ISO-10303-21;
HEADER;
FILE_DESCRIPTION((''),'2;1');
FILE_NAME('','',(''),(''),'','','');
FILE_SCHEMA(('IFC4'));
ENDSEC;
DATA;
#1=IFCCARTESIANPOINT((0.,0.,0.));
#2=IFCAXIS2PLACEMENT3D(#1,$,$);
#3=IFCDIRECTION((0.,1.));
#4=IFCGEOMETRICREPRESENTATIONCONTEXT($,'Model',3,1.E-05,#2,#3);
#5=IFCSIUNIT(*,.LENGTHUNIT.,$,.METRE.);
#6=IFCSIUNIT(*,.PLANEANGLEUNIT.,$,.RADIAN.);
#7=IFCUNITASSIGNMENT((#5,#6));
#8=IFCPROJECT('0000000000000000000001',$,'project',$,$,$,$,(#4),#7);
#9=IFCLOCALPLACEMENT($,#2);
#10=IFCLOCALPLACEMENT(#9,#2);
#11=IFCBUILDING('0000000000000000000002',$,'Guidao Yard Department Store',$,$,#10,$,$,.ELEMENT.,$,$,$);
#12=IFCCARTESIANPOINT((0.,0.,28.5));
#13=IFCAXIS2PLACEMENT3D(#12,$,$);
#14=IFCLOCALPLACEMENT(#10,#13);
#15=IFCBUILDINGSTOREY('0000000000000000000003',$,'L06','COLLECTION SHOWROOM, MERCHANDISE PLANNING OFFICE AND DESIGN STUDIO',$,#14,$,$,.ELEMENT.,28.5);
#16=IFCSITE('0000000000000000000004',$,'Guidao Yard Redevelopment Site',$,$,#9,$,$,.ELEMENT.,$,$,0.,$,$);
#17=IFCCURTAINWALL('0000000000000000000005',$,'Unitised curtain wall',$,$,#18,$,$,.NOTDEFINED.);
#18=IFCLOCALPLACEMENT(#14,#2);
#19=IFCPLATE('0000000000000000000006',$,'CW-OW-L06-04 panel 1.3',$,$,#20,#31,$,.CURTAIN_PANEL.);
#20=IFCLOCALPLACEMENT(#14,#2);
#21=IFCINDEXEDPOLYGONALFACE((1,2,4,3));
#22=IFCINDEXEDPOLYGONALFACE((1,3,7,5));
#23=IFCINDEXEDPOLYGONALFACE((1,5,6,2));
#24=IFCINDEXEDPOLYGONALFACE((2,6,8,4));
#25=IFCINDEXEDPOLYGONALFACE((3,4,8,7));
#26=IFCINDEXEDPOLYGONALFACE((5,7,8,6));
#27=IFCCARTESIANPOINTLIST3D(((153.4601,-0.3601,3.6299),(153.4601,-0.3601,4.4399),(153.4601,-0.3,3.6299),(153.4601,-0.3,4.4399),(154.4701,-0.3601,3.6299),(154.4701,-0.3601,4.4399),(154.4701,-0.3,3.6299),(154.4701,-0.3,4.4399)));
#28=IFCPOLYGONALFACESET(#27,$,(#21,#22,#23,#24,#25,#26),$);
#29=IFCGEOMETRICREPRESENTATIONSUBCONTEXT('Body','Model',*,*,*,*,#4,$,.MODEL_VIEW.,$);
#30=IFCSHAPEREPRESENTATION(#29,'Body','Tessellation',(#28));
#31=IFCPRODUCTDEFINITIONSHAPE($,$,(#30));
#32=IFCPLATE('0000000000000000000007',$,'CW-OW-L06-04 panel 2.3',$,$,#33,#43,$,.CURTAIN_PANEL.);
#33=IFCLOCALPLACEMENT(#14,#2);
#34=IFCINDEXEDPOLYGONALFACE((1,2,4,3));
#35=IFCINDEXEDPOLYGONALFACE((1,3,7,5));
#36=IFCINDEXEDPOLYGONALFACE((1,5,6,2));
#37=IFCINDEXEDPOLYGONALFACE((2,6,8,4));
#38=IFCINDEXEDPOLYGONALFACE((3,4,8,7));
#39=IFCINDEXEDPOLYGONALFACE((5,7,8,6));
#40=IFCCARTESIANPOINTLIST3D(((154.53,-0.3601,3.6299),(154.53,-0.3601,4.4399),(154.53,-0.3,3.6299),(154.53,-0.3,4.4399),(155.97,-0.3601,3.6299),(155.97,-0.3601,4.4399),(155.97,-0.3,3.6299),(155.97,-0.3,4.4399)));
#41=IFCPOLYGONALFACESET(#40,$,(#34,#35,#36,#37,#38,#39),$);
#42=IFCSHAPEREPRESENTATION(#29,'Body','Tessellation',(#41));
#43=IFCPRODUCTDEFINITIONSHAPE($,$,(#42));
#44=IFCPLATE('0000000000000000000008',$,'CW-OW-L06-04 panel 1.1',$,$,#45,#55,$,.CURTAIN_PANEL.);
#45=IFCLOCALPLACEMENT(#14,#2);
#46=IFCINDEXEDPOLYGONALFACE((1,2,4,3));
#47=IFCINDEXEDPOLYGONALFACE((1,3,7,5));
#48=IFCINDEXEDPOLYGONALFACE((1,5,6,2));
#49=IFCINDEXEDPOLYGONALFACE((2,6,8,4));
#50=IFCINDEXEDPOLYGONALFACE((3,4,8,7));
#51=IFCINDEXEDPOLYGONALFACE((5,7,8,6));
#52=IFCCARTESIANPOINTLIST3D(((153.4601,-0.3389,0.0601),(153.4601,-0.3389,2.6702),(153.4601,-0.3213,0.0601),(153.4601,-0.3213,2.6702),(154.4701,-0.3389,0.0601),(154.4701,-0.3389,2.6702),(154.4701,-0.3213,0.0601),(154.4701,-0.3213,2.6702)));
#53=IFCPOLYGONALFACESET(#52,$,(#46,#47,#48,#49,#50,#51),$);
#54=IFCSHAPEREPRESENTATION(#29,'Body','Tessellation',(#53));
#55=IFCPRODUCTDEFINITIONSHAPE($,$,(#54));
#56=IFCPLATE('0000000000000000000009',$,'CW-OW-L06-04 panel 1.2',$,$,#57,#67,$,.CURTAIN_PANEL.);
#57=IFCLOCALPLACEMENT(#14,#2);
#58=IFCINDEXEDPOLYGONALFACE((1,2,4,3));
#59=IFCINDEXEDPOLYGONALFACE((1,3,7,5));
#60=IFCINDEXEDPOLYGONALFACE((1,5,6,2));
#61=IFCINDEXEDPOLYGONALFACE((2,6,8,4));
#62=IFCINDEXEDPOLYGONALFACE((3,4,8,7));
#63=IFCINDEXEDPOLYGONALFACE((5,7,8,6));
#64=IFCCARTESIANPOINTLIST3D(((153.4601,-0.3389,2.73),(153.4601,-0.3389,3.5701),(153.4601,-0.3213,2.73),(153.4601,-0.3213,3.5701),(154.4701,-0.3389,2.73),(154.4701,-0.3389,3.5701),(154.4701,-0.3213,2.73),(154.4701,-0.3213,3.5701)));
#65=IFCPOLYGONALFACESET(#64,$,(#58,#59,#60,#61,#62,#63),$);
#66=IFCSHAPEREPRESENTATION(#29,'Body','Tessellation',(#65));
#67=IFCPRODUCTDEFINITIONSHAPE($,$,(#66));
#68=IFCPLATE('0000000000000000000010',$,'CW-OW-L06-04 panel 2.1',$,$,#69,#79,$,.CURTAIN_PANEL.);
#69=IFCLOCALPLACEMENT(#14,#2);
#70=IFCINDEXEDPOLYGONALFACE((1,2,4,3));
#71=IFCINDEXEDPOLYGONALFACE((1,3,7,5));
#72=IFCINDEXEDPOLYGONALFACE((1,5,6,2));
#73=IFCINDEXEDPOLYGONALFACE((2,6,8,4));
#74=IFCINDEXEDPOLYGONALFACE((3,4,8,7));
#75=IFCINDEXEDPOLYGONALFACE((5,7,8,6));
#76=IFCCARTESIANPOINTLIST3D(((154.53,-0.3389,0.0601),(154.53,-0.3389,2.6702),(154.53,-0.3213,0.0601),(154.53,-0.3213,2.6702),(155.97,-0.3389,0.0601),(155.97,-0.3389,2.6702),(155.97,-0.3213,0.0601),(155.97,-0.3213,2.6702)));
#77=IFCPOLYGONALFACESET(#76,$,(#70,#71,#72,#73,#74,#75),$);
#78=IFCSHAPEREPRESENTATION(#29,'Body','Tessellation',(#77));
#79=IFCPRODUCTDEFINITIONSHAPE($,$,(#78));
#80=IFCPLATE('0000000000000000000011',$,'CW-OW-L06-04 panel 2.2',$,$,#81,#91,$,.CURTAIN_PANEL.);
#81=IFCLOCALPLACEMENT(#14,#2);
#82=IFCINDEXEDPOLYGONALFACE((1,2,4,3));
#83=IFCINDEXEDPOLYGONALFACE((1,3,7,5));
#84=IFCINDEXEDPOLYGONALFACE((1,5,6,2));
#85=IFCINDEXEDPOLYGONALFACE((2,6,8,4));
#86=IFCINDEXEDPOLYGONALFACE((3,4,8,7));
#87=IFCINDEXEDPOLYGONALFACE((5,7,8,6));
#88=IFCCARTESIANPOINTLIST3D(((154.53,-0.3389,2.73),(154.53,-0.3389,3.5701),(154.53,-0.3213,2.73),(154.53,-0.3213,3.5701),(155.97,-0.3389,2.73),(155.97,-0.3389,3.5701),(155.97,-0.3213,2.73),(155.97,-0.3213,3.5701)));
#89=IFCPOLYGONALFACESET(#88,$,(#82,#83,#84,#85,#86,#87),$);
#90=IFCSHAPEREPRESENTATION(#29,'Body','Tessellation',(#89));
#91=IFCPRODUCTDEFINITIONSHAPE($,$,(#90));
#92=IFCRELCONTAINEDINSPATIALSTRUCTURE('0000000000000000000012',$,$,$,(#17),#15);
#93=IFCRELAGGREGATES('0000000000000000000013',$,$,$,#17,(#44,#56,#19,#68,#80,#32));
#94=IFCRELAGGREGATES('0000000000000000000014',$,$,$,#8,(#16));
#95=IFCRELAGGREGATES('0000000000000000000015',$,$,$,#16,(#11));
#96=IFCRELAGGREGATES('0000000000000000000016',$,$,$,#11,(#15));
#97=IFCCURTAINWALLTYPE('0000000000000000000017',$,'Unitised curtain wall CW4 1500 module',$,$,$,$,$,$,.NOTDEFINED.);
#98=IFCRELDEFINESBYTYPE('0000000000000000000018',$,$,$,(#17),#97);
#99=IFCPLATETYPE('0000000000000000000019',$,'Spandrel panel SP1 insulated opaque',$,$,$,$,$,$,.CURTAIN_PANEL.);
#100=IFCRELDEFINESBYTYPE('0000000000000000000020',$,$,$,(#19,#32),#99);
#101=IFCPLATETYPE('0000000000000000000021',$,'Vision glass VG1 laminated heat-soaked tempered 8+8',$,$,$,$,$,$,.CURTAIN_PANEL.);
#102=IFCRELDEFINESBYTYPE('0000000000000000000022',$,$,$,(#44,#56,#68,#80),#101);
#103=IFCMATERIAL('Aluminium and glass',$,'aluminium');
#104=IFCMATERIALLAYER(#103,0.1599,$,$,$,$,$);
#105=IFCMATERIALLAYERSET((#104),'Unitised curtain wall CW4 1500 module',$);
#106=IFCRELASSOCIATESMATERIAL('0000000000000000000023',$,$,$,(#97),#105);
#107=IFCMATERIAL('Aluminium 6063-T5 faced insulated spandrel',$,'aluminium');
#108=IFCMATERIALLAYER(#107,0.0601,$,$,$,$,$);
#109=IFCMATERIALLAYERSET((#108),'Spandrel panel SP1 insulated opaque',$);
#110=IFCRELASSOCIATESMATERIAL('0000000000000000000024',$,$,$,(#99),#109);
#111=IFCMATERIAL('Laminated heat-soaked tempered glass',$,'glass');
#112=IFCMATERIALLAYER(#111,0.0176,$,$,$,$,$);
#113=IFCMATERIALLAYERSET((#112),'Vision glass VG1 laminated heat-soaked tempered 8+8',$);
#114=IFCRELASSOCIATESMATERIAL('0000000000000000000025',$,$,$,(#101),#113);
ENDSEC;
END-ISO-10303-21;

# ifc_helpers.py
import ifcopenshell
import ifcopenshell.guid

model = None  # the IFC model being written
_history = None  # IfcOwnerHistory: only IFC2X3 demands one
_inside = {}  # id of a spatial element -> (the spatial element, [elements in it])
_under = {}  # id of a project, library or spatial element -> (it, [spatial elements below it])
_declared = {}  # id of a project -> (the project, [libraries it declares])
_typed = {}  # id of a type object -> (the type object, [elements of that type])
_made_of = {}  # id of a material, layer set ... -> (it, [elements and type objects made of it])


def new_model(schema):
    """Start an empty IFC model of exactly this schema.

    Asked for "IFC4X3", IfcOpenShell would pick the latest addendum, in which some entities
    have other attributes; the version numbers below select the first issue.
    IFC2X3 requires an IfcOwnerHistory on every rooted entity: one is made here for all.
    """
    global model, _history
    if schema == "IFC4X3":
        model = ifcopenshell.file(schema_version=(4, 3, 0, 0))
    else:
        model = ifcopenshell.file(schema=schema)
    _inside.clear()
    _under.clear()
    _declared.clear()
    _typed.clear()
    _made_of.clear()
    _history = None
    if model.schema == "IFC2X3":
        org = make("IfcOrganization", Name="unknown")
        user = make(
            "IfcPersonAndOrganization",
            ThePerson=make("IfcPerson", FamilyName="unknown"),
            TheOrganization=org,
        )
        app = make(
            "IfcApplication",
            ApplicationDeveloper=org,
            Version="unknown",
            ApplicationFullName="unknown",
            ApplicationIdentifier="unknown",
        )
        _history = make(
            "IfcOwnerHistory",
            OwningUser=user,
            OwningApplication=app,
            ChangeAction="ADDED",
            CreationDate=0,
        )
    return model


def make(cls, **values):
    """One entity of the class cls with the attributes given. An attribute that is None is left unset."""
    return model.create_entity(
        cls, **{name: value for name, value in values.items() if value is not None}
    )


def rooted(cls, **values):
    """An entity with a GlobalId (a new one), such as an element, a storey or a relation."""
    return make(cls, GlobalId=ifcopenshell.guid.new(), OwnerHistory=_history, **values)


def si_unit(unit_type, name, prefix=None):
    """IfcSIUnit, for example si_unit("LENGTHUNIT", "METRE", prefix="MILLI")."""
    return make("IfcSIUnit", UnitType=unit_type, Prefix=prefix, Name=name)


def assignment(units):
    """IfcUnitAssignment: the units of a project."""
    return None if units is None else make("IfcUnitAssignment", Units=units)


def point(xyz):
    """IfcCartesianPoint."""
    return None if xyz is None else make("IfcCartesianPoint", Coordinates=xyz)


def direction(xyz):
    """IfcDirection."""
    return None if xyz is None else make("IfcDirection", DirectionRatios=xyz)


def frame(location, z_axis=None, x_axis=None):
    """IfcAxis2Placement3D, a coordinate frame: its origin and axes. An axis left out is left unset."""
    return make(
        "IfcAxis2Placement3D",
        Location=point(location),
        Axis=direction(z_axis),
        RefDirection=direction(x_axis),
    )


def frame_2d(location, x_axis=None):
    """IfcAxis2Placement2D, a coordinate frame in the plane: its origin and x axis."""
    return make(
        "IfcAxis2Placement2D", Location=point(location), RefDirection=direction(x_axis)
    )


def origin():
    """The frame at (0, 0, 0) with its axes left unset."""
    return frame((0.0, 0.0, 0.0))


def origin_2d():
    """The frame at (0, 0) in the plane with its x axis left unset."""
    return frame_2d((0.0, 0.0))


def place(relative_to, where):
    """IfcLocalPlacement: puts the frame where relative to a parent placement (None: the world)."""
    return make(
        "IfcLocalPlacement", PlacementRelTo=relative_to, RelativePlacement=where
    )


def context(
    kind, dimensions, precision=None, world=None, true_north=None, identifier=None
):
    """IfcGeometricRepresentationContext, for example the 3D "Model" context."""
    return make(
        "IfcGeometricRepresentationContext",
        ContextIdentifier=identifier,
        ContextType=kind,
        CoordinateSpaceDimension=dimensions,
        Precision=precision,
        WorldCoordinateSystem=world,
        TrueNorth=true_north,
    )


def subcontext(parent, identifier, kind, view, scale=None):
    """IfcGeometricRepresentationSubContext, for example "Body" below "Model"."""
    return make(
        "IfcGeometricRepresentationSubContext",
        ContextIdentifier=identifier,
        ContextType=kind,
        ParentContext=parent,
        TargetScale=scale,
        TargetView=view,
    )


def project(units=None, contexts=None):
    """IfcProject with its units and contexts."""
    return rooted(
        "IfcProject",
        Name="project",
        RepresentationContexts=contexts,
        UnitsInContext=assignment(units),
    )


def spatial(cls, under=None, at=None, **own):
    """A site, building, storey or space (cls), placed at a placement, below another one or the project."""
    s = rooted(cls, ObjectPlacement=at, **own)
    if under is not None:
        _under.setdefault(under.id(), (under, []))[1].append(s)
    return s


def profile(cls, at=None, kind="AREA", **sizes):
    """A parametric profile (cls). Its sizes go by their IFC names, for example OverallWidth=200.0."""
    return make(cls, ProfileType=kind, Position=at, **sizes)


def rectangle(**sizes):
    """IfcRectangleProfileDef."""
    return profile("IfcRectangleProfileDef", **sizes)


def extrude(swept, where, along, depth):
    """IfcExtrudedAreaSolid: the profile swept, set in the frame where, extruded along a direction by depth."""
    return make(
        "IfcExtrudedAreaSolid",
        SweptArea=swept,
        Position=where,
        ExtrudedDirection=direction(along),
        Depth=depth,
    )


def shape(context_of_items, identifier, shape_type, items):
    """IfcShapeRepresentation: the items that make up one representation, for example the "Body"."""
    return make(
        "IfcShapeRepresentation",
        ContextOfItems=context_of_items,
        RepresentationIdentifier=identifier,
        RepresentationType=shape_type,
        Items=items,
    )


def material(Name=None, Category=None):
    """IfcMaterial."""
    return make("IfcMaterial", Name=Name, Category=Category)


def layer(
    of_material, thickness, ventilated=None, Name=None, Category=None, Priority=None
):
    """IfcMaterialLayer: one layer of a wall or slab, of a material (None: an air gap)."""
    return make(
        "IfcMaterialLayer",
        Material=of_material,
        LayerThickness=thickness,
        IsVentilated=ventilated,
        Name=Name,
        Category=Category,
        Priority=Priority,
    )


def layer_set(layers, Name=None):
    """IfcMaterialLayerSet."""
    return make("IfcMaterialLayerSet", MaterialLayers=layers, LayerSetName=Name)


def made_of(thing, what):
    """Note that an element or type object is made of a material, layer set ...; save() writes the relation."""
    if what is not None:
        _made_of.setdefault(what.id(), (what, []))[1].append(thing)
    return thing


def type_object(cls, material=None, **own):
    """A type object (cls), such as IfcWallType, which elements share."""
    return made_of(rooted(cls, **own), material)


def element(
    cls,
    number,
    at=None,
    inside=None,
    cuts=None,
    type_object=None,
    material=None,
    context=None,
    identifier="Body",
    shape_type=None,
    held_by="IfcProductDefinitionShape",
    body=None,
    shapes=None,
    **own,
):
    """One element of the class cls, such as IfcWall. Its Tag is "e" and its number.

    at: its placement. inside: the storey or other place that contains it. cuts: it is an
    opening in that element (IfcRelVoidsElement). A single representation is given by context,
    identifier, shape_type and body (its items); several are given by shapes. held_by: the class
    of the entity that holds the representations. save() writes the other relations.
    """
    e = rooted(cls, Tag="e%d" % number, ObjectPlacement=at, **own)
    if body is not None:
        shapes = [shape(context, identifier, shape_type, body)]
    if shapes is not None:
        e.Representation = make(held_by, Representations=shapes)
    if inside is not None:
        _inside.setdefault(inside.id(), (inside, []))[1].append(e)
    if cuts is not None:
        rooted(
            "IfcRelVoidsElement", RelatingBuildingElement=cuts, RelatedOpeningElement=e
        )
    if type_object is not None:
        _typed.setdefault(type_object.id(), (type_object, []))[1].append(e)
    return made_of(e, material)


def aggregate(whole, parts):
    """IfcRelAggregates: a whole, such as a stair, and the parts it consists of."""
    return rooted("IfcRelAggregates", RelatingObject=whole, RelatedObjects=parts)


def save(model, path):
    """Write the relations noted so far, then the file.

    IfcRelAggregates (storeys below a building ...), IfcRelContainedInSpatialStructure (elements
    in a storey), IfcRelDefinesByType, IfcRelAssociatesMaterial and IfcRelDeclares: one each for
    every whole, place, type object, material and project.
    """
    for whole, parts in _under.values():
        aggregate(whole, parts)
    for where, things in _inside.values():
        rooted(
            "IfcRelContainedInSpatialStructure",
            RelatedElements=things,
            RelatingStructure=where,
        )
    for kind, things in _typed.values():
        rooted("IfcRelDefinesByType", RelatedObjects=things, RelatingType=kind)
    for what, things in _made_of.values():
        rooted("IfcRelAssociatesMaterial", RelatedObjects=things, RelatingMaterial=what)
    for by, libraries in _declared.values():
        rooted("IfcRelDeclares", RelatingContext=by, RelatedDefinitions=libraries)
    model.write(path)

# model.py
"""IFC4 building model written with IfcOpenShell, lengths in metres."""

from ifc_helpers import new_model, si_unit, direction, frame, origin, origin_2d, place, context, subcontext, project, spatial, rectangle, extrude, material, layer, layer_set, type_object, element, aggregate, save


model = new_model("IFC4")

# Units and contexts
model_context = context("Model", 3, precision=1e-05, world=origin(), true_north=direction((0.0, 1.0)))
body_context = subcontext(model_context, "Body", "Model", "MODEL_VIEW")
ifc_project = project(units=[si_unit("LENGTHUNIT", "METRE"), si_unit("PLANEANGLEUNIT", "RADIAN")], contexts=[model_context])

# Site, building, storey
site_placement = place(None, origin())
site = spatial("IfcSite", under=ifc_project, at=site_placement, Name="Guidao Yard Redevelopment Site", CompositionType="ELEMENT", RefElevation=0.0)
building_placement = place(site_placement, origin())
building = spatial("IfcBuilding", under=site, at=building_placement, Name="Guidao Yard Department Store", CompositionType="ELEMENT")
storey_placement = place(building_placement, frame((0.0, 0.0, 28.5)))
storey = spatial("IfcBuildingStorey", under=building, at=storey_placement, Name="L06", Description="COLLECTION SHOWROOM, MERCHANDISE PLANNING OFFICE AND DESIGN STUDIO", CompositionType="ELEMENT", Elevation=28.5)

# Shared definitions
ifc_material_1 = material(Name="Aluminium and glass", Category="aluminium")
ifc_layer_1 = layer(ifc_material_1, 0.1599)
ifc_layer_set_1 = layer_set([ifc_layer_1], Name="Unitised curtain wall CW4 1500 module")
curtain_wall_type = type_object("IfcCurtainWallType", Name="Unitised curtain wall CW4 1500 module", PredefinedType="NOTDEFINED", material=ifc_layer_set_1)

# Curtain wall
curtain_wall_1_placement = place(storey_placement, origin())
curtain_wall_1 = element("IfcCurtainWall", 1, at=curtain_wall_1_placement, inside=storey, type_object=curtain_wall_type, Name="Unitised curtain wall", PredefinedType="NOTDEFINED")

# Plates
ifc_material_2 = material(Name="Aluminium 6063-T5 faced insulated spandrel", Category="aluminium")
ifc_layer_2 = layer(ifc_material_2, 0.0601)
ifc_layer_set_2 = layer_set([ifc_layer_2], Name="Spandrel panel SP1 insulated opaque")
plate_type_1 = type_object("IfcPlateType", Name="Spandrel panel SP1 insulated opaque", PredefinedType="CURTAIN_PANEL", material=ifc_layer_set_2)
plate_1_placement = place(storey_placement, frame((153.9651, -0.3301, 3.6299), z_axis=(0.0, 0.0, 1.0), x_axis=(-1.0, 0.0, 0.0)))
plate_1 = element("IfcPlate", 2, at=plate_1_placement, type_object=plate_type_1, Name="CW-OW-L06-04 panel 1.3", PredefinedType="CURTAIN_PANEL", context=body_context, shape_type="SweptSolid", body=[
    extrude(rectangle(XDim=1.01, YDim=0.0601, at=origin_2d()), origin(), (0.0, 0.0, 1.0), 0.8101),
])
plate_2_placement = place(storey_placement, frame((155.25, -0.3301, 3.6299), z_axis=(0.0, 0.0, 1.0), x_axis=(-1.0, 0.0, 0.0)))
plate_2 = element("IfcPlate", 3, at=plate_2_placement, type_object=plate_type_1, Name="CW-OW-L06-04 panel 2.3", PredefinedType="CURTAIN_PANEL", context=body_context, shape_type="SweptSolid", body=[
    extrude(rectangle(XDim=1.4399, YDim=0.0601, at=origin_2d()), origin(), (0.0, 0.0, 1.0), 0.8101),
])
ifc_material_3 = material(Name="Laminated heat-soaked tempered glass", Category="glass")
ifc_layer_3 = layer(ifc_material_3, 0.0176)
ifc_layer_set_3 = layer_set([ifc_layer_3], Name="Vision glass VG1 laminated heat-soaked tempered 8+8")
plate_type_2 = type_object("IfcPlateType", Name="Vision glass VG1 laminated heat-soaked tempered 8+8", PredefinedType="CURTAIN_PANEL", material=ifc_layer_set_3)
plate_3_placement = place(storey_placement, frame((153.9651, -0.3301, 0.0601), z_axis=(0.0, 0.0, 1.0), x_axis=(-1.0, 0.0, 0.0)))
plate_3 = element("IfcPlate", 4, at=plate_3_placement, type_object=plate_type_2, Name="CW-OW-L06-04 panel 1.1", PredefinedType="CURTAIN_PANEL", context=body_context, shape_type="SweptSolid", body=[
    extrude(rectangle(XDim=1.01, YDim=0.0176, at=origin_2d()), origin(), (0.0, 0.0, 1.0), 2.6101),
])
plate_4_placement = place(storey_placement, frame((153.9651, -0.3301, 2.73), z_axis=(0.0, 0.0, 1.0), x_axis=(-1.0, 0.0, 0.0)))
plate_4 = element("IfcPlate", 5, at=plate_4_placement, type_object=plate_type_2, Name="CW-OW-L06-04 panel 1.2", PredefinedType="CURTAIN_PANEL", context=body_context, shape_type="SweptSolid", body=[
    extrude(rectangle(XDim=1.01, YDim=0.0176, at=origin_2d()), origin(), (0.0, 0.0, 1.0), 0.8401),
])
plate_5_placement = place(storey_placement, frame((155.25, -0.3301, 0.0601), z_axis=(0.0, 0.0, 1.0), x_axis=(-1.0, 0.0, 0.0)))
plate_5 = element("IfcPlate", 6, at=plate_5_placement, type_object=plate_type_2, Name="CW-OW-L06-04 panel 2.1", PredefinedType="CURTAIN_PANEL", context=body_context, shape_type="SweptSolid", body=[
    extrude(rectangle(XDim=1.4399, YDim=0.0176, at=origin_2d()), origin(), (0.0, 0.0, 1.0), 2.6101),
])
plate_6_placement = place(storey_placement, frame((155.25, -0.3301, 2.73), z_axis=(0.0, 0.0, 1.0), x_axis=(-1.0, 0.0, 0.0)))
plate_6 = element("IfcPlate", 7, at=plate_6_placement, type_object=plate_type_2, Name="CW-OW-L06-04 panel 2.2", PredefinedType="CURTAIN_PANEL", context=body_context, shape_type="SweptSolid", body=[
    extrude(rectangle(XDim=1.4399, YDim=0.0176, at=origin_2d()), origin(), (0.0, 0.0, 1.0), 0.8401),
])
aggregate(curtain_wall_1, [plate_3, plate_4, plate_1, plate_5, plate_6, plate_2])

save(model, "model.ifc")
